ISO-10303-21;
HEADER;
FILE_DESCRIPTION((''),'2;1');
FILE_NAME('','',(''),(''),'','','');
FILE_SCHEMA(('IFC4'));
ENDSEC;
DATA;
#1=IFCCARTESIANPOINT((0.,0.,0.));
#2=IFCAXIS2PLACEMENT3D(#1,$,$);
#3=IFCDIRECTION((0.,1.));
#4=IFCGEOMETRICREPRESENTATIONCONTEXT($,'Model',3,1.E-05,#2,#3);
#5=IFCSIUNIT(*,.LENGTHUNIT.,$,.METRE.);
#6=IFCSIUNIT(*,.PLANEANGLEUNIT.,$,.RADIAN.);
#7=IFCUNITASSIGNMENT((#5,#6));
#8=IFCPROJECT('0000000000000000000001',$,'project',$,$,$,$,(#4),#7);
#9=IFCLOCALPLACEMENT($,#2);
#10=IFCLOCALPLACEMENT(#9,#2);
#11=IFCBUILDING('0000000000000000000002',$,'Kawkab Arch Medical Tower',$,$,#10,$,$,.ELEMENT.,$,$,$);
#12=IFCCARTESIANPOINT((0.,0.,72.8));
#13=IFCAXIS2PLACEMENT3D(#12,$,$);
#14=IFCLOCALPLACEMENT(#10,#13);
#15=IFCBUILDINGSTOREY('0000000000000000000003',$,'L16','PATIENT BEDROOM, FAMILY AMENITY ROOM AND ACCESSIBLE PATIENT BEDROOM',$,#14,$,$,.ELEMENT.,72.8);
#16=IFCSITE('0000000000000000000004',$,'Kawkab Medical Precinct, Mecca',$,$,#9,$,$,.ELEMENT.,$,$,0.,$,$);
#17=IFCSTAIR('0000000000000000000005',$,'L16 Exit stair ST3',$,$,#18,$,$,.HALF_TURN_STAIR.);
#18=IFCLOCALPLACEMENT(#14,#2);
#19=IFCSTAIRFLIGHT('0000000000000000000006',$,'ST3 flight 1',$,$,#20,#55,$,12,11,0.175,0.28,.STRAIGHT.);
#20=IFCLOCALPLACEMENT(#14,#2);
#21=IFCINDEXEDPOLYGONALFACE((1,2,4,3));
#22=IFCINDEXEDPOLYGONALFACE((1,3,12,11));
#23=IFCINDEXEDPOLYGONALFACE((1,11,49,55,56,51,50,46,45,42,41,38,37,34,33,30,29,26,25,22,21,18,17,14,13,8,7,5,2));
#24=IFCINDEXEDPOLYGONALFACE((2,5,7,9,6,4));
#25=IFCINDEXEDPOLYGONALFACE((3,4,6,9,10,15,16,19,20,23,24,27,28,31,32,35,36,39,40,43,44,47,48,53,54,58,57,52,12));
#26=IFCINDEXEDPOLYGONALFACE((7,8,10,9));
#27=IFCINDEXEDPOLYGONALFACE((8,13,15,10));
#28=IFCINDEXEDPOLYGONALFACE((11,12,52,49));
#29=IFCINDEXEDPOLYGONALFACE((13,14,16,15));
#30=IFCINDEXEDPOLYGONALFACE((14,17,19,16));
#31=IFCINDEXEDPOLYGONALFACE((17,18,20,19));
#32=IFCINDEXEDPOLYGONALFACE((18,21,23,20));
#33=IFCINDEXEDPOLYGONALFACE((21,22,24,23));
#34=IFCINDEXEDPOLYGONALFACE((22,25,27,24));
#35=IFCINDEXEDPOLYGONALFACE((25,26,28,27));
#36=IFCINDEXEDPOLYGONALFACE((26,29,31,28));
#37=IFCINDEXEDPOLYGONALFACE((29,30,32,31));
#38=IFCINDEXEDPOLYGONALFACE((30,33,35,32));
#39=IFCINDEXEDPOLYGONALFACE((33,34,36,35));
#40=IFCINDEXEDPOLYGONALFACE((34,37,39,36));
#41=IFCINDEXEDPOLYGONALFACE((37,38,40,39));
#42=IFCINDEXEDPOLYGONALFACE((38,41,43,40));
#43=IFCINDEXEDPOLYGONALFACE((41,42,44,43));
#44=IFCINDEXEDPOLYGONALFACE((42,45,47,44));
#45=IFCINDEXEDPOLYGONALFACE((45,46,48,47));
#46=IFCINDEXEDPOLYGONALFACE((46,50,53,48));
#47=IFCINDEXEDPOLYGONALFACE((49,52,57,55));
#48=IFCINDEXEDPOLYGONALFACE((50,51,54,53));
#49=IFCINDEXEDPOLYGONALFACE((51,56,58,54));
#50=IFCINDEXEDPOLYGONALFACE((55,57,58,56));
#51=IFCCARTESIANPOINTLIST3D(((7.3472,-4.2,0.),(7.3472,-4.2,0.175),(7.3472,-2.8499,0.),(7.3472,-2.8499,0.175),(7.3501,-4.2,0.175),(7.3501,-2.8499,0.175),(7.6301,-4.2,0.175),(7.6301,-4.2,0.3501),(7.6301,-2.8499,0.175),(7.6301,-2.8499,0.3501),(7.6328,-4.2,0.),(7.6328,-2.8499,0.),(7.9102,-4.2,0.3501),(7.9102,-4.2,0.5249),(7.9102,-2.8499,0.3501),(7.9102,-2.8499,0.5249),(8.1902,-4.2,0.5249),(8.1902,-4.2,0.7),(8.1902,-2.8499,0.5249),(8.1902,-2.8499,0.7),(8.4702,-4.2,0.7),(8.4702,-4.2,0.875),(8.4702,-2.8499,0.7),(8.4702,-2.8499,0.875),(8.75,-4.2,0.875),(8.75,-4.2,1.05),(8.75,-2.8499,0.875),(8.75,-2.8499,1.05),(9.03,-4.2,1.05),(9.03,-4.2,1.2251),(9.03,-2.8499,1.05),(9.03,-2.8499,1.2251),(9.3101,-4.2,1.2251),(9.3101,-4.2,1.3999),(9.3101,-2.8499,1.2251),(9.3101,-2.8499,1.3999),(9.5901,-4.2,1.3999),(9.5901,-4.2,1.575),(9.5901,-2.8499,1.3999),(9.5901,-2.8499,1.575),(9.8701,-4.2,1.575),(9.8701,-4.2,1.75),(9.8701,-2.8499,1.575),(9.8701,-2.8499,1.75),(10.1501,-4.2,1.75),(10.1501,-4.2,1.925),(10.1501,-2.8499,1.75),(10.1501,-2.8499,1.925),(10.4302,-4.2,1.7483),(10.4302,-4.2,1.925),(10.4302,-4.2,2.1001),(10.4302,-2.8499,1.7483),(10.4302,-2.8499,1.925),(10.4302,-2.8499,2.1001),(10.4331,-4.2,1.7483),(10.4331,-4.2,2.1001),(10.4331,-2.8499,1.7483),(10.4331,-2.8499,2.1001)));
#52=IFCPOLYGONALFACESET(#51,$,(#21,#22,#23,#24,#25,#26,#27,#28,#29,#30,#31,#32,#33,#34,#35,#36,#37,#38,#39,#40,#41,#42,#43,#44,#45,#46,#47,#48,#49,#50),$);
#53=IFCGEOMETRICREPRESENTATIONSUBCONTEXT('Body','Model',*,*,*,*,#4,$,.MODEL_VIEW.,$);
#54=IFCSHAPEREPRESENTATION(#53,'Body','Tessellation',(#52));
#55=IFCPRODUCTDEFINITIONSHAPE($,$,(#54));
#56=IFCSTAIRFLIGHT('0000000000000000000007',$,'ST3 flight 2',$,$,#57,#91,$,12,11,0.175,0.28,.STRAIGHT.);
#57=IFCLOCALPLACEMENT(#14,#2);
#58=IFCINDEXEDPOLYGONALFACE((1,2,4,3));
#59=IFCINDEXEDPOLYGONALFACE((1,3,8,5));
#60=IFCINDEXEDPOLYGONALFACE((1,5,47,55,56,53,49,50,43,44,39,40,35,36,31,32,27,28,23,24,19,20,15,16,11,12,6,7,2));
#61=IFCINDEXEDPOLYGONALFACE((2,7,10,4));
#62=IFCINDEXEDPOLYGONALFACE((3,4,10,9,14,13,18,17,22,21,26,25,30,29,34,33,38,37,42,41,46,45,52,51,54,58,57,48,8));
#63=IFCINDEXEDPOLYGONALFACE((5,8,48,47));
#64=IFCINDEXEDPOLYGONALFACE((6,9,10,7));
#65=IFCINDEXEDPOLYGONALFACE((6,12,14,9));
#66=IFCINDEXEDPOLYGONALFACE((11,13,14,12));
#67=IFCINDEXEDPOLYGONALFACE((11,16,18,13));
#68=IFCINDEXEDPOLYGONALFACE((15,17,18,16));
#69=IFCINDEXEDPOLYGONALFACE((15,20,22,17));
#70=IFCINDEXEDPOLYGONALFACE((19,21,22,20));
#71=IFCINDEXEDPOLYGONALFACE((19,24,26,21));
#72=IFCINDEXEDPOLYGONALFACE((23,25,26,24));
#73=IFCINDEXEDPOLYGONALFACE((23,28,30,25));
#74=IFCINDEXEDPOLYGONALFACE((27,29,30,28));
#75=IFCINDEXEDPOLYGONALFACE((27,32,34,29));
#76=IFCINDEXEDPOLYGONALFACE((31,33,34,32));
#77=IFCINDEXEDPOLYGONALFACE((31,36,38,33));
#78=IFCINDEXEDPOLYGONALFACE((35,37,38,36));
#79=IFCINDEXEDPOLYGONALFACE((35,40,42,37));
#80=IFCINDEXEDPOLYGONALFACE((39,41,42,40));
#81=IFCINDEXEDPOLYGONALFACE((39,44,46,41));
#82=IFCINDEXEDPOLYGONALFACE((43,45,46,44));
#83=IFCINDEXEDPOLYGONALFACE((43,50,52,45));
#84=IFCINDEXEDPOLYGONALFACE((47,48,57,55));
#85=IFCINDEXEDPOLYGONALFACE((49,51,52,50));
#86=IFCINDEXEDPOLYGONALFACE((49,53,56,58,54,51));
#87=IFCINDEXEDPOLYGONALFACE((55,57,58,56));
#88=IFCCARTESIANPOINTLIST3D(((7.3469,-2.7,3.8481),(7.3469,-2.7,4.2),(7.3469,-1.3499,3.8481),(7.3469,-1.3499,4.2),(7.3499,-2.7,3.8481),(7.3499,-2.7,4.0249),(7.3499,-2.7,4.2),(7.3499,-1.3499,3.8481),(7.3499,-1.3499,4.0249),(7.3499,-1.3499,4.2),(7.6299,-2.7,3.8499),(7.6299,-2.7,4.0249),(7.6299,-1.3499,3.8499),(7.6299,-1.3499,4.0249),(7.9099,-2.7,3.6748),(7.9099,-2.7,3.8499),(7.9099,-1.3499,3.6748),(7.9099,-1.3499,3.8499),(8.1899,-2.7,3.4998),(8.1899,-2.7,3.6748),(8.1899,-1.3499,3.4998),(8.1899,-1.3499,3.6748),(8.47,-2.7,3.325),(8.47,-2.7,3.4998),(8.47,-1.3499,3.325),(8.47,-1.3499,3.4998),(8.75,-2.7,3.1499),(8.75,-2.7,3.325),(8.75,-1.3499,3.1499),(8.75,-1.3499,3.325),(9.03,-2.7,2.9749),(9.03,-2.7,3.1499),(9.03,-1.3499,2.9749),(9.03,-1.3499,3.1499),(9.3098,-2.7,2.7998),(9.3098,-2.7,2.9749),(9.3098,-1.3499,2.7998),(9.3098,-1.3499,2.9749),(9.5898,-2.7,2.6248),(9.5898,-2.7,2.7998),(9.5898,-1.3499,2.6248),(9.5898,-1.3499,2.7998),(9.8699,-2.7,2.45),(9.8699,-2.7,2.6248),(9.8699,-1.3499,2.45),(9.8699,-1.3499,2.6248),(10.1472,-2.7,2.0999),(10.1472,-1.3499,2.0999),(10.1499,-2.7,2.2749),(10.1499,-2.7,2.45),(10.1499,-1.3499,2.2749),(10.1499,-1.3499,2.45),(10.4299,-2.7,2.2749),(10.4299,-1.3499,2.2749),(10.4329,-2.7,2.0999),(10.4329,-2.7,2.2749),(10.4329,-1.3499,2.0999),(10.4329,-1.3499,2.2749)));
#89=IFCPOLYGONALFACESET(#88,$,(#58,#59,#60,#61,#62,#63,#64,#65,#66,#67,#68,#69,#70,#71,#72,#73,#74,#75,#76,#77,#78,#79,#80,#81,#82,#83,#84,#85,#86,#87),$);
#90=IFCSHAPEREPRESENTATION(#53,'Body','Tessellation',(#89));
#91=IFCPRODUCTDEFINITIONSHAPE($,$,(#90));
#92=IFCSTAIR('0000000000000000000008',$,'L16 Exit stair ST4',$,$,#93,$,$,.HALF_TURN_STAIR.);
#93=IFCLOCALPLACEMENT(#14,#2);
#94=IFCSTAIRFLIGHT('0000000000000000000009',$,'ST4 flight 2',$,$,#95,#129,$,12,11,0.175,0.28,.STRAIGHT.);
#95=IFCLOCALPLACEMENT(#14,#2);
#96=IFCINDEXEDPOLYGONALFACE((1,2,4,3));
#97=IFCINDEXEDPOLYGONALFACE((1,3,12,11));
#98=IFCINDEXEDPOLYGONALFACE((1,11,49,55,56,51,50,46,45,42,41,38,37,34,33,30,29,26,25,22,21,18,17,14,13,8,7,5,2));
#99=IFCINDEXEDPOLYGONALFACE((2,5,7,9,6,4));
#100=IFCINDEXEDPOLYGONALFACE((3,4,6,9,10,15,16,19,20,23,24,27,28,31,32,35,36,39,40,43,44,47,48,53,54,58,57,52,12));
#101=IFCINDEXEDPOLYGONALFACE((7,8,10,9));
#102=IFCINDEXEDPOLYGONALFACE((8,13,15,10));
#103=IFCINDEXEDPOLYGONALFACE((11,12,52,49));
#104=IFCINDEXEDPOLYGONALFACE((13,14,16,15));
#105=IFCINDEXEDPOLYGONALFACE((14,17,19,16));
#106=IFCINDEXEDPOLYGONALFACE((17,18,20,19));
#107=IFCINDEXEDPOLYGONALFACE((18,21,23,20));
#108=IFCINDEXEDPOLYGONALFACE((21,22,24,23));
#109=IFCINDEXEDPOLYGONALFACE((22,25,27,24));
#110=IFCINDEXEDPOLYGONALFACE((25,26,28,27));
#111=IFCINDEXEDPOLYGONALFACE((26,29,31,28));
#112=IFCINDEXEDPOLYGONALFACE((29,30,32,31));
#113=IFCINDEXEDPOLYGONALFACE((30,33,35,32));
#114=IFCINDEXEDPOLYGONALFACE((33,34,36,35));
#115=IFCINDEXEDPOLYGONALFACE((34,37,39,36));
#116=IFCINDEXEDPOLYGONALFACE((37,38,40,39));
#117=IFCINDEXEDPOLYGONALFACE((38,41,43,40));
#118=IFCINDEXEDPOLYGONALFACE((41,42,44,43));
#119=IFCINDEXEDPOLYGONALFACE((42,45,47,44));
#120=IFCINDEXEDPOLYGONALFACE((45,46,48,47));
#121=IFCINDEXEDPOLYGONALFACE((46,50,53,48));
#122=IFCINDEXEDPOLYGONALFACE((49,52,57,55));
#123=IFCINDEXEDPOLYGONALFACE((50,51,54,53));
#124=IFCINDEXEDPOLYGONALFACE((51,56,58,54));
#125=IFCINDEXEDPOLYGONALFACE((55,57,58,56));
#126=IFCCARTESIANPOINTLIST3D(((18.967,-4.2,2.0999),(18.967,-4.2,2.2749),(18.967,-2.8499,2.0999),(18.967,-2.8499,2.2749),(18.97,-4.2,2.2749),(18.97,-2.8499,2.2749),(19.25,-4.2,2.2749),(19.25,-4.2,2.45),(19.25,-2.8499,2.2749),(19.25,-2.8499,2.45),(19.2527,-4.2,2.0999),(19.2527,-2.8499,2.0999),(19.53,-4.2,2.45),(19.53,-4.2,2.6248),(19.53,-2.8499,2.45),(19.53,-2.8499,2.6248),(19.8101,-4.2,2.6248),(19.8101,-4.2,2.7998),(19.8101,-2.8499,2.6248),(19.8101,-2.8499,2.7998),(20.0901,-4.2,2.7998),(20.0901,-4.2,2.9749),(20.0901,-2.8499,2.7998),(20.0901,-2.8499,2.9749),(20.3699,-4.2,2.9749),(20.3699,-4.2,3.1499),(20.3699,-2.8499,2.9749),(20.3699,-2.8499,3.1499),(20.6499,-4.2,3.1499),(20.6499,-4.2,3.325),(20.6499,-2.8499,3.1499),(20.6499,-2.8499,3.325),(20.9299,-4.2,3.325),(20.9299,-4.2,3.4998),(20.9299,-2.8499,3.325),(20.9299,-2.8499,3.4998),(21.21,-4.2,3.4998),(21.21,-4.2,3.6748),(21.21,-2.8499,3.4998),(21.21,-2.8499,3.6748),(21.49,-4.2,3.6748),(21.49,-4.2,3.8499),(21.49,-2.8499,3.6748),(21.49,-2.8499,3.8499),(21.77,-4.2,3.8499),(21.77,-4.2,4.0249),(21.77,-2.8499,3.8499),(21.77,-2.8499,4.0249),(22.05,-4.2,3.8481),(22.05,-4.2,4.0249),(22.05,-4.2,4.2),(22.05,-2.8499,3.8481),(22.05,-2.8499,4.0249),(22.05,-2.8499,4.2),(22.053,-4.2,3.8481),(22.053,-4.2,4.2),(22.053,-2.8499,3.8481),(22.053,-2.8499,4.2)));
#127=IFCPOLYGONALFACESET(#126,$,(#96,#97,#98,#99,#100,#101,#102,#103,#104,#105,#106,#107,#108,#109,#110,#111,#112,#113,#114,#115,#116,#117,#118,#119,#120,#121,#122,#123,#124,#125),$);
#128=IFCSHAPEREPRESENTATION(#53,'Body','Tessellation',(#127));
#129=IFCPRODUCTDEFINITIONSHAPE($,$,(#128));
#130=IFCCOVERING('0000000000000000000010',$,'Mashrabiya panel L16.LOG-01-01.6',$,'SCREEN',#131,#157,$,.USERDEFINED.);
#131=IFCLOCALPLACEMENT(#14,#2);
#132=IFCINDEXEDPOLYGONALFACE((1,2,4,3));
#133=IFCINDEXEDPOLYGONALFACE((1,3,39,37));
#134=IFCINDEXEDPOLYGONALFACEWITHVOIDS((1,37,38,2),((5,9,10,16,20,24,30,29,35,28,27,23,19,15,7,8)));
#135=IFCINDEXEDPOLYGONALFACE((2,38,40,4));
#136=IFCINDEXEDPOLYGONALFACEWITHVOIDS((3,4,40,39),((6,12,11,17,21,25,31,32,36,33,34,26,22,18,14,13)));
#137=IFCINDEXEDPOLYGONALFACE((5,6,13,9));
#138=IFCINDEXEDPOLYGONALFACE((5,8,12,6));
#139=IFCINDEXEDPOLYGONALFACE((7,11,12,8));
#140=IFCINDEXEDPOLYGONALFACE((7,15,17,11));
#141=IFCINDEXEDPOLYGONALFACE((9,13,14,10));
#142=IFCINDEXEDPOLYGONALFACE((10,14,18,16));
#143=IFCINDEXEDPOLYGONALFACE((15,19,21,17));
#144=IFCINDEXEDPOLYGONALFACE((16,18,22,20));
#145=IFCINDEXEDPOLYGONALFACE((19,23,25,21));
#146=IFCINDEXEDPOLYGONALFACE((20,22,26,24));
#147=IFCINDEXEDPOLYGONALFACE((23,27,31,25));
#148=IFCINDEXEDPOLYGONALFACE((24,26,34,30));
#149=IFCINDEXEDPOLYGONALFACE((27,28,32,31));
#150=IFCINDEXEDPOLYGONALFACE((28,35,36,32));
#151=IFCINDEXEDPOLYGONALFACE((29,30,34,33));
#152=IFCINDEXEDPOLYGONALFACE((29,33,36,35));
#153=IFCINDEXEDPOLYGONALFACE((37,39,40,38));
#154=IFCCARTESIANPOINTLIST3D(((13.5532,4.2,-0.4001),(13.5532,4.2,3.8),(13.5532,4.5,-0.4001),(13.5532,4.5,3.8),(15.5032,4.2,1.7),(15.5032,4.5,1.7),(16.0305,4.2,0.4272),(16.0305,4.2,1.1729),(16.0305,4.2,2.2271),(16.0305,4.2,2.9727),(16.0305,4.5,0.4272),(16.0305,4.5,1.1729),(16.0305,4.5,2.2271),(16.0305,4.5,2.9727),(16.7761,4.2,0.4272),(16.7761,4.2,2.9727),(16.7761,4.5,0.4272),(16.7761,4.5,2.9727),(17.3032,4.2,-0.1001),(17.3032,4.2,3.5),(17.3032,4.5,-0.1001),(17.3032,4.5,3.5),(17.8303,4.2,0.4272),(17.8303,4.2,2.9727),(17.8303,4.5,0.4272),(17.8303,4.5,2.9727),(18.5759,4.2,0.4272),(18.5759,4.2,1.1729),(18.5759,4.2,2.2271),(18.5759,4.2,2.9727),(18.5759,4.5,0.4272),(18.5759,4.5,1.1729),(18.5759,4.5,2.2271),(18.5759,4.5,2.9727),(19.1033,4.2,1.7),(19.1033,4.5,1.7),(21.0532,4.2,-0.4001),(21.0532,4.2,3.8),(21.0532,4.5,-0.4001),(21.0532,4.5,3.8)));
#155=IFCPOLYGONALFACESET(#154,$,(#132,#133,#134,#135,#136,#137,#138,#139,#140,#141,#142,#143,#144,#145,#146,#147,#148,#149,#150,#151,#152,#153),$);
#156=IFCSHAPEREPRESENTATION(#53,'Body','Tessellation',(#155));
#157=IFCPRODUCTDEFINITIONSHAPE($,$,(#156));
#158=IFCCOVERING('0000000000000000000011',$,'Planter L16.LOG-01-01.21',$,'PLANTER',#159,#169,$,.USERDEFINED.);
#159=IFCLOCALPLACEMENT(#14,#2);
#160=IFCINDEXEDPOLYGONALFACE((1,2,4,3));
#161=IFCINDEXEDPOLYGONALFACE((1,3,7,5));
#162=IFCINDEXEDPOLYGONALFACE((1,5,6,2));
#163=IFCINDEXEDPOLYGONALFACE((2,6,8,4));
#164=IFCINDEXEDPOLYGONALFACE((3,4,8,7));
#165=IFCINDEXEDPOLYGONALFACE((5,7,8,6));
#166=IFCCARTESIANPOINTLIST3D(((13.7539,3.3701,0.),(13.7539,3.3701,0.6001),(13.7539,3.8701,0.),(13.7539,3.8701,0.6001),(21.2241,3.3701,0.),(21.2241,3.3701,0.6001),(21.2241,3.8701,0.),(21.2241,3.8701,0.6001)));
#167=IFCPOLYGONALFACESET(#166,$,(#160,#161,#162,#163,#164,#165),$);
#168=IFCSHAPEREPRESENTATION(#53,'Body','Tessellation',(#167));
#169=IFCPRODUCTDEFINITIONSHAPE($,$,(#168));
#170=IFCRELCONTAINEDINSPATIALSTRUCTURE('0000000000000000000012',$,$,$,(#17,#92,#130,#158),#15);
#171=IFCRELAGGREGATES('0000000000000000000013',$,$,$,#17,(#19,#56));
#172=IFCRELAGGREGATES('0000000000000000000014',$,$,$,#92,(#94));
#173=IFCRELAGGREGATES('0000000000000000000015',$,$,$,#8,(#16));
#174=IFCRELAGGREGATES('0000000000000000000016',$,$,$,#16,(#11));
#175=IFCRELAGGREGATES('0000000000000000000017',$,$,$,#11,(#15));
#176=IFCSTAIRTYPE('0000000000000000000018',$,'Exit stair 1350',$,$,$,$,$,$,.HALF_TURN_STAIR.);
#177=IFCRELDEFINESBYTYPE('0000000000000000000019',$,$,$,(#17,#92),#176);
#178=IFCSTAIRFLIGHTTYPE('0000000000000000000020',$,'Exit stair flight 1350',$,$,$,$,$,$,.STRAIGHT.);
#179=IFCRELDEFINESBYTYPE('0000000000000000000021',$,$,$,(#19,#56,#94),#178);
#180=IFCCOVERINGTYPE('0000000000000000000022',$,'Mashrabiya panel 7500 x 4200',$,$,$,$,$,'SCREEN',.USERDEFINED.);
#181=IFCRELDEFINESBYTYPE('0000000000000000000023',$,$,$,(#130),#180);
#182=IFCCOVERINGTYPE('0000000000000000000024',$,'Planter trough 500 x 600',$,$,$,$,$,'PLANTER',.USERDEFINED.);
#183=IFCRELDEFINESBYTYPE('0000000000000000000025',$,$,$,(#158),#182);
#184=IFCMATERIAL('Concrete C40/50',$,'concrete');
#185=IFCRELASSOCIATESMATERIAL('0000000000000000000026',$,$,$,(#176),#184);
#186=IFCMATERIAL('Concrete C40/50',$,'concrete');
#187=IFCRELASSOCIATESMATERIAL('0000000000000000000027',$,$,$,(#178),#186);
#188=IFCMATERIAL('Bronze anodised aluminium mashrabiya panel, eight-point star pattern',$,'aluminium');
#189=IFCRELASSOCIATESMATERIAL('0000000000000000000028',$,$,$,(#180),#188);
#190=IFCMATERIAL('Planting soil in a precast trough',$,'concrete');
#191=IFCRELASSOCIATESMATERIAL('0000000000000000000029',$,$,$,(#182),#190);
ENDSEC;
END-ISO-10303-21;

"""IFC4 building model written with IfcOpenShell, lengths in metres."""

from ifc_helpers import new_model, si_unit, direction, frame, origin, origin_2d, place, context, subcontext, project, spatial, polyline, rectangle, outline, extrude, material, material_profile, profile_set, type_object, element, aggregate, save


model = new_model("IFC4")

# Units and contexts
model_context = context("Model", 3, precision=1e-05, world=origin(), true_north=direction((0.0, 1.0)))
body_context = subcontext(model_context, "Body", "Model", "MODEL_VIEW")
ifc_project = project(units=[si_unit("LENGTHUNIT", "METRE"), si_unit("PLANEANGLEUNIT", "RADIAN")], contexts=[model_context])

# Site, building, storey
site_placement = place(None, origin())
site = spatial("IfcSite", under=ifc_project, at=site_placement, Name="Kawkab Medical Precinct, Mecca", CompositionType="ELEMENT", RefElevation=0.0)
building_placement = place(site_placement, origin())
building = spatial("IfcBuilding", under=site, at=building_placement, Name="Kawkab Arch Medical Tower", CompositionType="ELEMENT")
storey_placement = place(building_placement, frame((0.0, 0.0, 72.8)))
storey = spatial("IfcBuildingStorey", under=building, at=storey_placement, Name="L16", Description="PATIENT BEDROOM, FAMILY AMENITY ROOM AND ACCESSIBLE PATIENT BEDROOM", CompositionType="ELEMENT", Elevation=72.8)

# Shared definitions
placement = place(storey_placement, origin())

# Stair, stair flights
ifc_material_1 = material(Name="Concrete C40/50", Category="concrete")
stair_type = type_object("IfcStairType", Name="Exit stair 1350", PredefinedType="HALF_TURN_STAIR", material=ifc_material_1)
stair_1 = element("IfcStair", 1, at=placement, inside=storey, type_object=stair_type, Name="L16 Exit stair ST3", PredefinedType="HALF_TURN_STAIR")
ifc_material_2 = material(Name="Concrete C40/50", Category="concrete")
stair_flight_type = type_object("IfcStairFlightType", Name="Exit stair flight 1350", PredefinedType="STRAIGHT", material=ifc_material_2)
stair_flight_1_placement = place(storey_placement, frame((7.3501, -3.5249, 0.0), z_axis=(0.0, 0.0, 1.0), x_axis=(1.0, 0.0, 0.0)))
stair_flight_1 = element("IfcStairFlight", 2, at=stair_flight_1_placement, type_object=stair_flight_type, Name="ST3 flight 1", NumberOfRisers=12, NumberOfTreads=11, PredefinedType="STRAIGHT", RiserHeight=0.175, TreadLength=0.28, context=body_context, shape_type="SweptSolid", body=[
    extrude(outline(polyline([(-0.0029, 0.0), (-0.0029, 0.175), (0.0, 0.175), (0.28, 0.175), (0.28, 0.3501), (0.5601, 0.3501), (0.5601, 0.5249), (0.8401, 0.5249), (0.8401, 0.7), (1.1201, 0.7), (1.1201, 0.875), (1.3999, 0.875), (1.3999, 1.05), (1.6799, 1.05), (1.6799, 1.2251), (1.96, 1.2251), (1.96, 1.3999), (2.24, 1.3999), (2.24, 1.575), (2.52, 1.575), (2.52, 1.75), (2.8, 1.75), (2.8, 1.925), (3.0801, 1.925), (3.0801, 2.1001), (3.083, 2.1001), (3.083, 1.7483), (3.0801, 1.7483), (0.2827, 0.0), (-0.0029, 0.0)])), frame((0.0, 0.675, 0.0), z_axis=(0.0, -1.0, 0.0), x_axis=(1.0, 0.0, 0.0)), (0.0, 0.0, 1.0), 1.3501),
])
stair_flight_2_placement = place(storey_placement, frame((10.4299, -2.0249, 2.0999), z_axis=(0.0, 0.0, 1.0), x_axis=(-1.0, 0.0, 0.0)))
stair_flight_2 = element("IfcStairFlight", 3, at=stair_flight_2_placement, type_object=stair_flight_type, Name="ST3 flight 2", NumberOfRisers=12, NumberOfTreads=11, PredefinedType="STRAIGHT", RiserHeight=0.175, TreadLength=0.28, context=body_context, shape_type="SweptSolid", body=[
    extrude(outline(polyline([(-0.0029, 0.0), (-0.0029, 0.175), (0.0, 0.175), (0.28, 0.175), (0.28, 0.3501), (0.5601, 0.3501), (0.5601, 0.5249), (0.8401, 0.5249), (0.8401, 0.7), (1.1201, 0.7), (1.1201, 0.875), (1.3999, 0.875), (1.3999, 1.05), (1.6799, 1.05), (1.6799, 1.2251), (1.96, 1.2251), (1.96, 1.3999), (2.24, 1.3999), (2.24, 1.575), (2.52, 1.575), (2.52, 1.75), (2.8, 1.75), (2.8, 1.925), (3.0801, 1.925), (3.0801, 2.1001), (3.083, 2.1001), (3.083, 1.7483), (3.0801, 1.7483), (0.2827, 0.0), (-0.0029, 0.0)])), frame((0.0, 0.675, 0.0), z_axis=(0.0, -1.0, 0.0), x_axis=(1.0, 0.0, 0.0)), (0.0, 0.0, 1.0), 1.3501),
])
aggregate(stair_1, [stair_flight_1, stair_flight_2])

# Stair, stair flight
stair_2 = element("IfcStair", 4, at=placement, inside=storey, type_object=stair_type, Name="L16 Exit stair ST4", PredefinedType="HALF_TURN_STAIR")
stair_flight_3_placement = place(storey_placement, frame((18.97, -3.5249, 2.0999), z_axis=(0.0, 0.0, 1.0), x_axis=(1.0, 0.0, 0.0)))
stair_flight_3 = element("IfcStairFlight", 5, at=stair_flight_3_placement, type_object=stair_flight_type, Name="ST4 flight 2", NumberOfRisers=12, NumberOfTreads=11, PredefinedType="STRAIGHT", RiserHeight=0.175, TreadLength=0.28, context=body_context, shape_type="SweptSolid", body=[
    extrude(outline(polyline([(-0.0029, 0.0), (-0.0029, 0.175), (0.0, 0.175), (0.28, 0.175), (0.28, 0.3501), (0.5601, 0.3501), (0.5601, 0.5249), (0.8401, 0.5249), (0.8401, 0.7), (1.1201, 0.7), (1.1201, 0.875), (1.3999, 0.875), (1.3999, 1.05), (1.6799, 1.05), (1.6799, 1.2251), (1.96, 1.2251), (1.96, 1.3999), (2.24, 1.3999), (2.24, 1.575), (2.52, 1.575), (2.52, 1.75), (2.8, 1.75), (2.8, 1.925), (3.0801, 1.925), (3.0801, 2.1001), (3.083, 2.1001), (3.083, 1.7483), (3.0801, 1.7483), (0.2827, 0.0), (-0.0029, 0.0)])), frame((0.0, 0.675, 0.0), z_axis=(0.0, -1.0, 0.0), x_axis=(1.0, 0.0, 0.0)), (0.0, 0.0, 1.0), 1.3501),
])
aggregate(stair_2, [stair_flight_3])

# Coverings
ifc_material_3 = material(Name="Bronze anodised aluminium mashrabiya panel, eight-point star pattern", Category="aluminium")
ifc_material_profile_1 = material_profile(ifc_material_3, outline(polyline([(-3.75, -2.1001), (3.75, -2.1001), (3.75, 2.1001), (-3.75, 2.1001), (-3.75, -2.1001)]), holes=[polyline([(1.8, 0.0), (1.2727, 0.5271), (1.2727, 1.2727), (0.5271, 1.2727), (0.0, 1.8), (-0.5271, 1.2727), (-1.2727, 1.2727), (-1.2727, 0.5271), (-1.8, 0.0), (-1.2727, -0.5271), (-1.2727, -1.2727), (-0.5271, -1.2727), (0.0, -1.8), (0.5271, -1.2727), (1.2727, -1.2727), (1.2727, -0.5271), (1.8, 0.0)])]), Name="Mashrabiya panel 7500x4200")
ifc_profile_set_1 = profile_set([ifc_material_profile_1], Name="Bronze anodised aluminium mashrabiya panel, eight-point star pattern")
covering_type_1 = type_object("IfcCoveringType", Name="Mashrabiya panel 7500 x 4200", ElementType="SCREEN", PredefinedType="USERDEFINED", material=ifc_profile_set_1)
covering_1_placement = place(storey_placement, frame((17.3032, 4.2, 1.7), z_axis=(0.0, 1.0, 0.0), x_axis=(-1.0, 0.0, 0.0)))
element("IfcCovering", 6, at=covering_1_placement, inside=storey, type_object=covering_type_1, Name="Mashrabiya panel L16.LOG-01-01.6", ObjectType="SCREEN", PredefinedType="USERDEFINED", context=body_context, shape_type="SweptSolid", body=[
    extrude(outline(polyline([(-3.75, -2.1001), (3.75, -2.1001), (3.75, 2.1001), (-3.75, 2.1001), (-3.75, -2.1001)]), holes=[polyline([(1.8, 0.0), (1.2727, 0.5271), (1.2727, 1.2727), (0.5271, 1.2727), (0.0, 1.8), (-0.5271, 1.2727), (-1.2727, 1.2727), (-1.2727, 0.5271), (-1.8, 0.0), (-1.2727, -0.5271), (-1.2727, -1.2727), (-0.5271, -1.2727), (0.0, -1.8), (0.5271, -1.2727), (1.2727, -1.2727), (1.2727, -0.5271), (1.8, 0.0)])]), origin(), (0.0, 0.0, 1.0), 0.3),
])
ifc_material_4 = material(Name="Planting soil in a precast trough", Category="concrete")
ifc_material_profile_2 = material_profile(ifc_material_4, rectangle(XDim=0.5, YDim=0.6001, at=origin_2d()), Name="Trough 500x600")
ifc_profile_set_2 = profile_set([ifc_material_profile_2], Name="Planting soil in a precast trough")
covering_type_2 = type_object("IfcCoveringType", Name="Planter trough 500 x 600", ElementType="PLANTER", PredefinedType="USERDEFINED", material=ifc_profile_set_2)
covering_2_placement = place(storey_placement, frame((13.7539, 3.6201, 0.3), z_axis=(1.0, 0.0, 0.0), x_axis=(0.0, 1.0, 0.0)))
element("IfcCovering", 7, at=covering_2_placement, inside=storey, type_object=covering_type_2, Name="Planter L16.LOG-01-01.21", ObjectType="PLANTER", PredefinedType="USERDEFINED", context=body_context, shape_type="SweptSolid", body=[
    extrude(rectangle(XDim=0.5, YDim=0.6001, at=origin_2d()), origin(), (0.0, 0.0, 1.0), 7.4702),
])

save(model, "model.ifc")
